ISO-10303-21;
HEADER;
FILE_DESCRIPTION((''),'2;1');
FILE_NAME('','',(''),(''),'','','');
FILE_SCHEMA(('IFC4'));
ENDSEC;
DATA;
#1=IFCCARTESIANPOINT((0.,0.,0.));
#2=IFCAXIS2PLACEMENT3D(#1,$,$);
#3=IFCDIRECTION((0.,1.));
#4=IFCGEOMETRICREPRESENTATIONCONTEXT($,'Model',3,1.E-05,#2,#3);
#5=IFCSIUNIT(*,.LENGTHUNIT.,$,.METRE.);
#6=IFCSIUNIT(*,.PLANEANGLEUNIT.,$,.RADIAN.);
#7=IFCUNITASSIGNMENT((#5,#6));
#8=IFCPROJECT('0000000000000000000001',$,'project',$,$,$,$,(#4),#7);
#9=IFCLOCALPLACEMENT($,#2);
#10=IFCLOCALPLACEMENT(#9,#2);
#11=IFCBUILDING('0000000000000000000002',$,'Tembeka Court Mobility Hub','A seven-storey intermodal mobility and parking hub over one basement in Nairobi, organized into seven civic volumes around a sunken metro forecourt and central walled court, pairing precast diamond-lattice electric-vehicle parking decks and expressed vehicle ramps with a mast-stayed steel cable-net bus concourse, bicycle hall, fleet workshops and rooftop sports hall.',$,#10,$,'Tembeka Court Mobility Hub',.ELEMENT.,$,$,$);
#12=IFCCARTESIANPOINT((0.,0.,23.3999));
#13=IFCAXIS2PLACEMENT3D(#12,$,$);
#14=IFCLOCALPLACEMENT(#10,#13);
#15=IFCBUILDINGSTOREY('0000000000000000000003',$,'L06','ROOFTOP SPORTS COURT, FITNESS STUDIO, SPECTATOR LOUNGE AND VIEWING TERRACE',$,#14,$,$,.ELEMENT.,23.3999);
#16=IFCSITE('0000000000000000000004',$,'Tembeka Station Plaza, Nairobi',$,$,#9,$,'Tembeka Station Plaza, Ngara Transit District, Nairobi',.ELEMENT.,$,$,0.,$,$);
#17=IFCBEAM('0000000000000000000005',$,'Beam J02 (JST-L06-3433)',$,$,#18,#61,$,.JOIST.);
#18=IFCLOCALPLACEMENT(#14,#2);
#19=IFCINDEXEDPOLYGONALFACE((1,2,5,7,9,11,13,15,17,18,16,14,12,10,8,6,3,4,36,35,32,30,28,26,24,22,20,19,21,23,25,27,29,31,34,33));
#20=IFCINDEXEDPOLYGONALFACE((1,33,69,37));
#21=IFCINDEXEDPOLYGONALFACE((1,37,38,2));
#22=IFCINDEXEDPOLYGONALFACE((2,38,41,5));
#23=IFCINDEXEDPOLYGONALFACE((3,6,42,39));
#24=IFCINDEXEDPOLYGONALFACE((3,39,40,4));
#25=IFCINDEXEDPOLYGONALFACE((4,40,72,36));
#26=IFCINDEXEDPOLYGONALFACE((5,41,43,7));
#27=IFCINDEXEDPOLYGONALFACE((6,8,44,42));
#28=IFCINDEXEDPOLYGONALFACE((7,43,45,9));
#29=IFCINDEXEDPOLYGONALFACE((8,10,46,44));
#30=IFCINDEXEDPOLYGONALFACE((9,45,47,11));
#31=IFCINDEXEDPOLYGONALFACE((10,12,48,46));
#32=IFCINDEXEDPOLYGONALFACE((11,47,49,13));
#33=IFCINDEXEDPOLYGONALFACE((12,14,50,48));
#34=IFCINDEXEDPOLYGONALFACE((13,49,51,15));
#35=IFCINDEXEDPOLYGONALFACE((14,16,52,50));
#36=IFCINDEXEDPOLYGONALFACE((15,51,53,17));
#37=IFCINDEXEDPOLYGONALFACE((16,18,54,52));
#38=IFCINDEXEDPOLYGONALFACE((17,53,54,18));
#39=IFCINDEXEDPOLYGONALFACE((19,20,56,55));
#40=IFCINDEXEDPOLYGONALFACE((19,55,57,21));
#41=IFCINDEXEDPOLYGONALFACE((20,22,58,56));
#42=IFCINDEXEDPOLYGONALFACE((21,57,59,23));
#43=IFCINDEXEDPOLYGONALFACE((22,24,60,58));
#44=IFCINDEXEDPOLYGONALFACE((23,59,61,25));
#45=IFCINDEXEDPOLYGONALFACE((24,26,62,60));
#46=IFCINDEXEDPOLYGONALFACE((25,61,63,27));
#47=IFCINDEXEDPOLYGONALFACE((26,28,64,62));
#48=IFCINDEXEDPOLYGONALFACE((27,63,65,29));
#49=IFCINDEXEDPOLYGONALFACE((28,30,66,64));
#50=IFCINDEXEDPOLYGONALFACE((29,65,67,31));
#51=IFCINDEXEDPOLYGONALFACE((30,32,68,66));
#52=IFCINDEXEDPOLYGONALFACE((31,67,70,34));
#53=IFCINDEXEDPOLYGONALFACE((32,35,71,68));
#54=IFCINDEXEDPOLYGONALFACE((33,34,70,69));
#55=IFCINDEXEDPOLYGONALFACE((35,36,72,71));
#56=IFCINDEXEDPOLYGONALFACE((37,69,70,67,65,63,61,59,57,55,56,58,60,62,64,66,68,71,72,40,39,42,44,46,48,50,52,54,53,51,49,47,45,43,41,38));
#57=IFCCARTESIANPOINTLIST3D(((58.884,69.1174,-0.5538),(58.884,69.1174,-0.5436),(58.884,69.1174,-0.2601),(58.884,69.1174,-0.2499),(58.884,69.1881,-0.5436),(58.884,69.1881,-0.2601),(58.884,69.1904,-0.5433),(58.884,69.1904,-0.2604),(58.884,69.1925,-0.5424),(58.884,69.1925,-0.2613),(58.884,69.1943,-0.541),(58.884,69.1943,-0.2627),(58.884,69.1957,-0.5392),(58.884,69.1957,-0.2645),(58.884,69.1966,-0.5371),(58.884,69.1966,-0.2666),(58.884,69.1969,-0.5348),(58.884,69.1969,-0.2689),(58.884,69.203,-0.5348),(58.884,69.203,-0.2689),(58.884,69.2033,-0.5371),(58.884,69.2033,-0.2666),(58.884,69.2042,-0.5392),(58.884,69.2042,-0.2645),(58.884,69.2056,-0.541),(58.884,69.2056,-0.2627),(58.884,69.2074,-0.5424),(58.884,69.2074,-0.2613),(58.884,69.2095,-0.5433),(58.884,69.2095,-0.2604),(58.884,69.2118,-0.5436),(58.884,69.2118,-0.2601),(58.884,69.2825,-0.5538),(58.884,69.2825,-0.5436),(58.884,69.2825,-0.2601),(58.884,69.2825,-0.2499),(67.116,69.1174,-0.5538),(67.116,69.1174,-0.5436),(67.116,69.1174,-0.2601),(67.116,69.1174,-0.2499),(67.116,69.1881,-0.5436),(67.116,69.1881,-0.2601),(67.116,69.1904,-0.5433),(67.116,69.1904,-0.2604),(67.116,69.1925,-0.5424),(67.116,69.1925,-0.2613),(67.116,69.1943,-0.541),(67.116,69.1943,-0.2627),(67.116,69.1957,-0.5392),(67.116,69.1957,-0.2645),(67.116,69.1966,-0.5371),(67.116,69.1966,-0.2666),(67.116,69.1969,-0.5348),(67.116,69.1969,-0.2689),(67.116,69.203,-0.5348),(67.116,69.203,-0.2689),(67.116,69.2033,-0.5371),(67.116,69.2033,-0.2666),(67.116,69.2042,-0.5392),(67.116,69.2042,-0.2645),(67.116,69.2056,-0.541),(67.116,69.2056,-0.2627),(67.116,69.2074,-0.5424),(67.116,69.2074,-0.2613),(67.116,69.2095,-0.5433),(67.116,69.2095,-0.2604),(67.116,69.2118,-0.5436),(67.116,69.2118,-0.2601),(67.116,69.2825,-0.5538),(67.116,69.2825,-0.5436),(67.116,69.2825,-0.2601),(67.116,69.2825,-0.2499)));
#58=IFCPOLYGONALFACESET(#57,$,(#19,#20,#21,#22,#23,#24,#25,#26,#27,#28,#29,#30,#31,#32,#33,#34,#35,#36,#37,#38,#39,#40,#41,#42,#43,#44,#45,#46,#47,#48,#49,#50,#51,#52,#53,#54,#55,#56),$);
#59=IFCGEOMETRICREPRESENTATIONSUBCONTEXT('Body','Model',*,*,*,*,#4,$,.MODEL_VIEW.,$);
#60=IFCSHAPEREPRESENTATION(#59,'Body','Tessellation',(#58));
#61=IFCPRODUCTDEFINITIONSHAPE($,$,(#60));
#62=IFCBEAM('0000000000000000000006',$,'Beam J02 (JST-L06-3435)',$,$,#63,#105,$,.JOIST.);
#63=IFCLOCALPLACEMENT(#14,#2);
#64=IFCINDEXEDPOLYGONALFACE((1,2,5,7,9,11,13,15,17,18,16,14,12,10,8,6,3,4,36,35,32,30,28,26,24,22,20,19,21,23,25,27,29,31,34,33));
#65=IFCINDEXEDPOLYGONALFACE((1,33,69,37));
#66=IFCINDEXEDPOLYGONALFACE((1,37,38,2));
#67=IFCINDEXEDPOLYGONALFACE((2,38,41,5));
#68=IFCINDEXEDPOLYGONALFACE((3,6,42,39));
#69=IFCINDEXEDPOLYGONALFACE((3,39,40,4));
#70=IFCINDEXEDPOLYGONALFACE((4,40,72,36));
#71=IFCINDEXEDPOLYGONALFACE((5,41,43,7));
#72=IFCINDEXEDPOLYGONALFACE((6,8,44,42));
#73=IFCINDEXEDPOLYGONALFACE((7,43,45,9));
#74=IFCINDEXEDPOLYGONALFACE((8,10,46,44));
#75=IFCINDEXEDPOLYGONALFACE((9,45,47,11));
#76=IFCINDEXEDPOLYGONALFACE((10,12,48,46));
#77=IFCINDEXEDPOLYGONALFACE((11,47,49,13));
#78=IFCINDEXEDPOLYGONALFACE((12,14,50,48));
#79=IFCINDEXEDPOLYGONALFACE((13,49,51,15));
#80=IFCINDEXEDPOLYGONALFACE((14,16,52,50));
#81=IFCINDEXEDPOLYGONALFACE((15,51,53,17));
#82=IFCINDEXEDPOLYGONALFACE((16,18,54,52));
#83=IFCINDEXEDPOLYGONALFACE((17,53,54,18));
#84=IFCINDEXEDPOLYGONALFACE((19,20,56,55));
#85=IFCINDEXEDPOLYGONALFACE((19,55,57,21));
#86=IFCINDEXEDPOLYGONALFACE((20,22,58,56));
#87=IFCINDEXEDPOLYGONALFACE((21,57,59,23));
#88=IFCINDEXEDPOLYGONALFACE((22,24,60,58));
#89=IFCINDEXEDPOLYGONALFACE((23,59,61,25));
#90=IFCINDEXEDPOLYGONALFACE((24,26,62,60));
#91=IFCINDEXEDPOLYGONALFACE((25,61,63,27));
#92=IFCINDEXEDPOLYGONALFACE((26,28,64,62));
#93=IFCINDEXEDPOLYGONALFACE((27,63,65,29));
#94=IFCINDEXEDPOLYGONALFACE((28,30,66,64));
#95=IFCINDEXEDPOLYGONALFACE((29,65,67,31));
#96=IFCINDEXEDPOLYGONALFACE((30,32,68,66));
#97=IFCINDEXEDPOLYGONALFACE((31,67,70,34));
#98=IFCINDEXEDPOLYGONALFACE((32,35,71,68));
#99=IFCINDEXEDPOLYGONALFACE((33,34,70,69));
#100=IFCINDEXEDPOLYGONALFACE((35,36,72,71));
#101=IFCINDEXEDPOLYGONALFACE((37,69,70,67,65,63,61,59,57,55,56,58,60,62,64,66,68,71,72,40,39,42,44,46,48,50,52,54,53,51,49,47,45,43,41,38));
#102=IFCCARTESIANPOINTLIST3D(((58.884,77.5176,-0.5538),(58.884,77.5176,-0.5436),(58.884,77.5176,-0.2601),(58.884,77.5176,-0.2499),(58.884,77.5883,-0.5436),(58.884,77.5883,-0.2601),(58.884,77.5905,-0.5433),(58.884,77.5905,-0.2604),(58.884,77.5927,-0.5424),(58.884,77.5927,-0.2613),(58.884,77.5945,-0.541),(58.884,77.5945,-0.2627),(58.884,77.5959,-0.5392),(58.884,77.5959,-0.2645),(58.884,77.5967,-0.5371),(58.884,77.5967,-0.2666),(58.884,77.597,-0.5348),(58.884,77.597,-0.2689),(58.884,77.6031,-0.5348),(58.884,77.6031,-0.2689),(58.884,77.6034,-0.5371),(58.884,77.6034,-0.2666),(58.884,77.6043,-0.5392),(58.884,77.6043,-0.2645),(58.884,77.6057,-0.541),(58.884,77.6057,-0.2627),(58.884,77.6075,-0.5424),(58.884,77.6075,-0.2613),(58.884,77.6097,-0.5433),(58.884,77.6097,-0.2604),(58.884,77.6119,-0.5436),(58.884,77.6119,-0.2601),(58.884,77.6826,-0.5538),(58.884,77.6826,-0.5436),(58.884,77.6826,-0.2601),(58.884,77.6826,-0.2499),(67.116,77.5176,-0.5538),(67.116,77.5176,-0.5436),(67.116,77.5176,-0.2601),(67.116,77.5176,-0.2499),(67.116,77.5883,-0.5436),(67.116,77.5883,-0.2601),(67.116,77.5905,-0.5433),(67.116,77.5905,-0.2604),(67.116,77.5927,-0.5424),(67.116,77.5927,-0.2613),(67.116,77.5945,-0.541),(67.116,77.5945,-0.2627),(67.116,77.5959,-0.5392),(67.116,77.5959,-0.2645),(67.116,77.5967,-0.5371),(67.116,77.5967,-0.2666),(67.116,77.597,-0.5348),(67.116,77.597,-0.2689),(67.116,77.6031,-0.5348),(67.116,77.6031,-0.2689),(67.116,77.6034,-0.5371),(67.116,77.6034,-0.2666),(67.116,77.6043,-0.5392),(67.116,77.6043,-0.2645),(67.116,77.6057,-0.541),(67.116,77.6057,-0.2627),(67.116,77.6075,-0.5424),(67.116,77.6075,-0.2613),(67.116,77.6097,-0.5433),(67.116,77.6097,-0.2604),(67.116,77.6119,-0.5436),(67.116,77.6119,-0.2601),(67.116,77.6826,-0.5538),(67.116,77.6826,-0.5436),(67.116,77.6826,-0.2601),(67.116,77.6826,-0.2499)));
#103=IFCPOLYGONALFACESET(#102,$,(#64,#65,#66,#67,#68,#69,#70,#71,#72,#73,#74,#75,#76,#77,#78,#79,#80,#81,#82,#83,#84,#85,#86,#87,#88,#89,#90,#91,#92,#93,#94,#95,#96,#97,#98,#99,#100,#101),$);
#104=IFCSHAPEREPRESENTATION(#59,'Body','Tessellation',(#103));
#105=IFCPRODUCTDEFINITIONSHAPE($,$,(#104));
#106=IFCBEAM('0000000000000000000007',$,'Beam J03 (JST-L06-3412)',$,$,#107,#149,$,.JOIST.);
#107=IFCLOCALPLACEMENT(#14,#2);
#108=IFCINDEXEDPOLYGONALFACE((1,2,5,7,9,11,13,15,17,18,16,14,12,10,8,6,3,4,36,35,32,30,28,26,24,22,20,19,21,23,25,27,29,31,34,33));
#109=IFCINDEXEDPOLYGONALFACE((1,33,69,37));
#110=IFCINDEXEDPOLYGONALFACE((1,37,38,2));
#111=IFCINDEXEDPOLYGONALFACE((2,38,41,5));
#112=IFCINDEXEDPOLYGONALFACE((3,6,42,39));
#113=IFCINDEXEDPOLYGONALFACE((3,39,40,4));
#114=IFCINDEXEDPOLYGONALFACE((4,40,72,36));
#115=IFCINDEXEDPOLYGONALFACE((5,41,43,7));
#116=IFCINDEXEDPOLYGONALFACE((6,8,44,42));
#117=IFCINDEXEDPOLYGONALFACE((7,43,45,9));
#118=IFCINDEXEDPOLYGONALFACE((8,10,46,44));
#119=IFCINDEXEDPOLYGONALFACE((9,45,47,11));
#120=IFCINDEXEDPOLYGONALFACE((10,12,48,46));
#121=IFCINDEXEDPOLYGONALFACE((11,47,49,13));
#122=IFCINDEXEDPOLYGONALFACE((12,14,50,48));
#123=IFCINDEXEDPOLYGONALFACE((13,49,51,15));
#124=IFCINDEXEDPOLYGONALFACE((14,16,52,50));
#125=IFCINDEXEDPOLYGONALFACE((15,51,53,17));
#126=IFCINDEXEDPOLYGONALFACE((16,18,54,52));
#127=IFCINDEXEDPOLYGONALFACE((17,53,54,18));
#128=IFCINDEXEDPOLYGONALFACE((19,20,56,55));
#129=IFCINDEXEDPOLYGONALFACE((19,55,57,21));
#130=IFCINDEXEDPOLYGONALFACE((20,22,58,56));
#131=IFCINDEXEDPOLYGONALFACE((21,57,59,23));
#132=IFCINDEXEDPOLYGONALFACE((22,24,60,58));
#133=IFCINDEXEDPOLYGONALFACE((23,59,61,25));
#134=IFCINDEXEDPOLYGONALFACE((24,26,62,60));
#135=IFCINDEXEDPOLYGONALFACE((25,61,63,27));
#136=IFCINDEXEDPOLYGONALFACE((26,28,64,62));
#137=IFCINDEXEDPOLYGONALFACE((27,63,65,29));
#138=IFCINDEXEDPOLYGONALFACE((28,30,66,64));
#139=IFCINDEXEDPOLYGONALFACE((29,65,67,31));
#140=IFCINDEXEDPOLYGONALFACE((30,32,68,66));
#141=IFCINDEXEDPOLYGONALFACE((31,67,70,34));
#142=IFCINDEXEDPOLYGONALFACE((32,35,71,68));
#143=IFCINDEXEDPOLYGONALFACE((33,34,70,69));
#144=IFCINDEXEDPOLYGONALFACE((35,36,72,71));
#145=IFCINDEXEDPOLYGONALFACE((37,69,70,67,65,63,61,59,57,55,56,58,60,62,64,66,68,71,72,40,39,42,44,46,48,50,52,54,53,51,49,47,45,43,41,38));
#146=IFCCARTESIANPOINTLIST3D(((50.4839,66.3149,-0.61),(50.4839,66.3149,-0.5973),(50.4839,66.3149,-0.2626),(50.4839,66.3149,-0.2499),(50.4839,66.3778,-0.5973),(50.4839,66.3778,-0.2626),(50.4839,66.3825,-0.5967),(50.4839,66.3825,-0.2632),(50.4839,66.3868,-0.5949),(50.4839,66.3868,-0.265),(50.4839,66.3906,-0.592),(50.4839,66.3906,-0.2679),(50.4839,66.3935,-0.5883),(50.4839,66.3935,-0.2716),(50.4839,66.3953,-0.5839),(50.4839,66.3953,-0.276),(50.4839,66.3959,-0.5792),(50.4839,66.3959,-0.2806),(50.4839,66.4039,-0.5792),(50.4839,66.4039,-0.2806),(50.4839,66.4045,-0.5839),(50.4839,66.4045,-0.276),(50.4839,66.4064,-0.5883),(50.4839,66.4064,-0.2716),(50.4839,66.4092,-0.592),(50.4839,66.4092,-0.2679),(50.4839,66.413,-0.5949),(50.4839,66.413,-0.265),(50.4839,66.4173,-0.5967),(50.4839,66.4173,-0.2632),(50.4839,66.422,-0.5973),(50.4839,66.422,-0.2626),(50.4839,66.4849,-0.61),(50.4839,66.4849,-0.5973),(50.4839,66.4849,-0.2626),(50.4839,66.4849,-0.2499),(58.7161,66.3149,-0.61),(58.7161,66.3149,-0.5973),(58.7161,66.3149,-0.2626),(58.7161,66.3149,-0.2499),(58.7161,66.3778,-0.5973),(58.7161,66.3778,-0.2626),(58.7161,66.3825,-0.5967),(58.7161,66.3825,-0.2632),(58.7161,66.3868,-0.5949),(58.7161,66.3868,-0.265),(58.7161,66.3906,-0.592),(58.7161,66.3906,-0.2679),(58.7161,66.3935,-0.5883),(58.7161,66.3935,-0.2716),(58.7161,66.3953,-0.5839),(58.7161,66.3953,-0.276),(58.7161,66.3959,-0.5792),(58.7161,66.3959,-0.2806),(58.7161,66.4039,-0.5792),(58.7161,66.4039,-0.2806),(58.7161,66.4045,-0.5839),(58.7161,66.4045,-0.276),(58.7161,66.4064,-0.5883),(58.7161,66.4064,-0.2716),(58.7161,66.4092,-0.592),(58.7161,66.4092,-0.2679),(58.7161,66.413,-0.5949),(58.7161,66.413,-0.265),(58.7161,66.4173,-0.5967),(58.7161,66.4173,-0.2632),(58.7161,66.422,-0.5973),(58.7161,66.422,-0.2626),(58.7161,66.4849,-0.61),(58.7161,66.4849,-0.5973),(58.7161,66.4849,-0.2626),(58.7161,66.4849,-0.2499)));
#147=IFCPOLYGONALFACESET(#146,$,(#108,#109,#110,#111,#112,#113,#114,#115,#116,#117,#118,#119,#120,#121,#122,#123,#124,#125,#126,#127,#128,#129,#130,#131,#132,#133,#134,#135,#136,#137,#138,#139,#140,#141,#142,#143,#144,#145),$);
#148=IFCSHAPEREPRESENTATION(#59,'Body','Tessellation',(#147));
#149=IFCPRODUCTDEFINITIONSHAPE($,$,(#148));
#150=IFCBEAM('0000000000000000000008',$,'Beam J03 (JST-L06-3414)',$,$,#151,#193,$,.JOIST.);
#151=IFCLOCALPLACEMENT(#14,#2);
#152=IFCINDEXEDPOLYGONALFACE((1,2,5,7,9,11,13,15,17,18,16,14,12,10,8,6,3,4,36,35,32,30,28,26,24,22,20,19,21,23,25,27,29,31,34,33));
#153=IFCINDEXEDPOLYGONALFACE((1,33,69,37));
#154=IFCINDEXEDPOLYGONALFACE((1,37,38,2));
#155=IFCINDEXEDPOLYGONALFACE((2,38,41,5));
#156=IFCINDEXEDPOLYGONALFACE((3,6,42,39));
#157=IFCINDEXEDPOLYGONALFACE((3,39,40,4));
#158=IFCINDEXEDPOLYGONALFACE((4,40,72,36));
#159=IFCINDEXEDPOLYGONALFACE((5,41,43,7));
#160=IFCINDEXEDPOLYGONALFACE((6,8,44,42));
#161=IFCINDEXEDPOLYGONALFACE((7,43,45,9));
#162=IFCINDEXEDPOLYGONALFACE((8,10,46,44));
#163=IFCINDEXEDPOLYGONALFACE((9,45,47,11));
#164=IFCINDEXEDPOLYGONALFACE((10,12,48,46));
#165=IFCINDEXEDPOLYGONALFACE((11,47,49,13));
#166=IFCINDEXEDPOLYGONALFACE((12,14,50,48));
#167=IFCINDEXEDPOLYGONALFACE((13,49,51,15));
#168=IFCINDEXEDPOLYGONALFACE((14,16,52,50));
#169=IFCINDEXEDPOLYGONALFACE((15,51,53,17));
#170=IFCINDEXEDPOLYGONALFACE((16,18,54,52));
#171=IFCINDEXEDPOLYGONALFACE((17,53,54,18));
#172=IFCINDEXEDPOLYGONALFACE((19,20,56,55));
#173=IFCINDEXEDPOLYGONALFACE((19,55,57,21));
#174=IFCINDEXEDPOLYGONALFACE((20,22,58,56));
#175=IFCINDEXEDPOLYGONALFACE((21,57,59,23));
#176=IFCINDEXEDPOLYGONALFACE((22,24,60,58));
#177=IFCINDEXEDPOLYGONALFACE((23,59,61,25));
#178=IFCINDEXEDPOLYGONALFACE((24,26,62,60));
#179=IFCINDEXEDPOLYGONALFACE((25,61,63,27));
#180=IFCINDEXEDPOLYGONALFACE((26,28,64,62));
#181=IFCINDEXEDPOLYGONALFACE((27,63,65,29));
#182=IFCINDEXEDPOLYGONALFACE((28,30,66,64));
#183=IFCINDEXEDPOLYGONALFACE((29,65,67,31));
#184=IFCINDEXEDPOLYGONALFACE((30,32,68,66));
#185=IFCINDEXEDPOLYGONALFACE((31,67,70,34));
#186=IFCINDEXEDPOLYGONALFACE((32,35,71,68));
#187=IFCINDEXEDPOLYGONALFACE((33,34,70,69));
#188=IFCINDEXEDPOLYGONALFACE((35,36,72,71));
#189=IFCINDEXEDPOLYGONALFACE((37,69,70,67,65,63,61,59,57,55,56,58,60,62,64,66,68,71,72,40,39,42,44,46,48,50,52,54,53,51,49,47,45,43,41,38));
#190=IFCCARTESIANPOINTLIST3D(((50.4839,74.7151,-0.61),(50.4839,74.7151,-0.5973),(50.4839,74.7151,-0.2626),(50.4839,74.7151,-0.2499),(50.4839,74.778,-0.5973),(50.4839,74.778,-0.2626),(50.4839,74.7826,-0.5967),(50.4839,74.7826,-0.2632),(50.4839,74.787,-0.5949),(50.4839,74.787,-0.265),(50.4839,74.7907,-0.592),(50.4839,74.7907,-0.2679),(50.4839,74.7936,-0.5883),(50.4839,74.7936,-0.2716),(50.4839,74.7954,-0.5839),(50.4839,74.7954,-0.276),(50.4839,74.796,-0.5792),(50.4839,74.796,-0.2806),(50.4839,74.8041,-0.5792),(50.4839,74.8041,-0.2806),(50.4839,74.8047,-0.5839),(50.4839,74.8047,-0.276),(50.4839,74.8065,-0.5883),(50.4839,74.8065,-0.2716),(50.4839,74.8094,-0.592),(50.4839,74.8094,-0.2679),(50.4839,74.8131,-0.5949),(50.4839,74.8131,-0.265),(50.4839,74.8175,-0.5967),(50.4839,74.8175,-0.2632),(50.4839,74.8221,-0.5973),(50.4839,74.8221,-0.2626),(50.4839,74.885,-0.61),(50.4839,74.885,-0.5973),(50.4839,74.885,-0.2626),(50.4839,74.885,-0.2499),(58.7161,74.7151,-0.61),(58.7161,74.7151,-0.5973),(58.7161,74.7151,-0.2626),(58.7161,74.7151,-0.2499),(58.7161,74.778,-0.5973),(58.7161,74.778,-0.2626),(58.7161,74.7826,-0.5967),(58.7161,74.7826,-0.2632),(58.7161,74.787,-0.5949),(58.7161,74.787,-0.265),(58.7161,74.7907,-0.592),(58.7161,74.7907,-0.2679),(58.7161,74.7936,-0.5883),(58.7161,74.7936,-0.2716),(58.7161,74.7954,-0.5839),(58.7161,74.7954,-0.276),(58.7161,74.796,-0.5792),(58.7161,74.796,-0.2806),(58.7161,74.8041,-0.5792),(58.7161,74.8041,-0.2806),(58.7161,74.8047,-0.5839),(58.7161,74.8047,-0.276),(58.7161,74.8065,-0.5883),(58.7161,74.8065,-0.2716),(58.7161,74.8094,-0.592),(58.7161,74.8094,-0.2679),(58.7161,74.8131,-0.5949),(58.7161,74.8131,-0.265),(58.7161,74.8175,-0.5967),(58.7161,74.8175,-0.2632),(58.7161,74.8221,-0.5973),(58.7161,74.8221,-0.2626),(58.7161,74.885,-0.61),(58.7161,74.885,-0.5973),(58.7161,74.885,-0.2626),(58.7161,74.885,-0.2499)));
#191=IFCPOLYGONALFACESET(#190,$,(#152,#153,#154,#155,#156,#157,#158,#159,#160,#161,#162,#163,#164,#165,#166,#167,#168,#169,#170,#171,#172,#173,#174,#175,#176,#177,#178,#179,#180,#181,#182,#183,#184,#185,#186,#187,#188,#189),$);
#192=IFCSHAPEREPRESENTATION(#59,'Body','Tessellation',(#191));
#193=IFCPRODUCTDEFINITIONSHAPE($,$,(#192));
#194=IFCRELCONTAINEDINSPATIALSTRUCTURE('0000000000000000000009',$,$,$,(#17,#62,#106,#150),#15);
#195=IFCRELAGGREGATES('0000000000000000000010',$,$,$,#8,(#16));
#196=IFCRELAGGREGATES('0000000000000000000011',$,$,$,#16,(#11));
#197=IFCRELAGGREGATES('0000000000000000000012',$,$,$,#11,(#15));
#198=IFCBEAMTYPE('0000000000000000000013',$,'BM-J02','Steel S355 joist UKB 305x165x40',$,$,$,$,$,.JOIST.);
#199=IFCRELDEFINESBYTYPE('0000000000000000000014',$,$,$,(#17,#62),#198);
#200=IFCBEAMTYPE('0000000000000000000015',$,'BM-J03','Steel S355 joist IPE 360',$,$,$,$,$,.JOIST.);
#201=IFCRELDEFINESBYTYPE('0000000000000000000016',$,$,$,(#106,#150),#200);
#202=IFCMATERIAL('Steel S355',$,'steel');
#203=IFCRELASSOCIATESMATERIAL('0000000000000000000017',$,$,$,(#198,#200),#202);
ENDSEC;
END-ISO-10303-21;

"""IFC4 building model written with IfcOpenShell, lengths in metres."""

from ifc_helpers import new_model, si_unit, direction, frame, origin, origin_2d, place, context, subcontext, project, spatial, i_section, extrude, material, material_profile, profile_set, type_object, element, save


model = new_model("IFC4")

# Units and contexts
model_context = context("Model", 3, precision=1e-05, world=origin(), true_north=direction((0.0, 1.0)))
body_context = subcontext(model_context, "Body", "Model", "MODEL_VIEW")
ifc_project = project(units=[si_unit("LENGTHUNIT", "METRE"), si_unit("PLANEANGLEUNIT", "RADIAN")], contexts=[model_context])

# Site, building, storey
site_placement = place(None, origin())
site = spatial("IfcSite", under=ifc_project, at=site_placement, Name="Tembeka Station Plaza, Nairobi", LongName="Tembeka Station Plaza, Ngara Transit District, Nairobi", CompositionType="ELEMENT", RefElevation=0.0)
building_placement = place(site_placement, origin())
building = spatial("IfcBuilding", under=site, at=building_placement, Name="Tembeka Court Mobility Hub", Description="A seven-storey intermodal mobility and parking hub over one basement in Nairobi, organized into seven civic volumes around a sunken metro forecourt and central walled court, pairing precast diamond-lattice electric-vehicle parking decks and expressed vehicle ramps with a mast-stayed steel cable-net bus concourse, bicycle hall, fleet workshops and rooftop sports hall.", LongName="Tembeka Court Mobility Hub", CompositionType="ELEMENT")
storey_placement = place(building_placement, frame((0.0, 0.0, 23.3999)))
storey = spatial("IfcBuildingStorey", under=building, at=storey_placement, Name="L06", Description="ROOFTOP SPORTS COURT, FITNESS STUDIO, SPECTATOR LOUNGE AND VIEWING TERRACE", CompositionType="ELEMENT", Elevation=23.3999)

# Shared definitions
ifc_material_1 = material(Name="Steel S355", Category="steel")

# Beams
ifc_material_profile_1 = material_profile(ifc_material_1, i_section(OverallWidth=0.165, OverallDepth=0.304, WebThickness=0.0061, FlangeThickness=0.0103, FilletRadius=0.0088, at=origin_2d()), Name="UKB 305x165x40")
ifc_profile_set_1 = profile_set([ifc_material_profile_1], Name="Steel S355")
beam_type_1 = type_object("IfcBeamType", Name="BM-J02", Description="Steel S355 joist UKB 305x165x40", PredefinedType="JOIST", material=ifc_profile_set_1)
for number, where, z_axis, x_axis, name in (
    (1, (58.884, 69.2, -0.4019), (1.0, 0.0, 0.0), (0.0, 1.0, 0.0), "Beam J02 (JST-L06-3433)"),
    (2, (58.884, 77.6001, -0.4019), (1.0, 0.0, 0.0), (0.0, 1.0, 0.0), "Beam J02 (JST-L06-3435)"),
):
    element("IfcBeam", number, at=place(storey_placement, frame(where, z_axis=z_axis, x_axis=x_axis)), inside=storey, type_object=beam_type_1, Name=name, PredefinedType="JOIST", context=body_context, shape_type="SweptSolid", body=[
        extrude(i_section(OverallWidth=0.165, OverallDepth=0.304, WebThickness=0.0061, FlangeThickness=0.0103, FilletRadius=0.0088, at=origin_2d()), origin(), (0.0, 0.0, 1.0), 8.2319),
    ])
ifc_material_profile_2 = material_profile(ifc_material_1, i_section(OverallWidth=0.1699, OverallDepth=0.3601, WebThickness=0.0081, FlangeThickness=0.0127, FilletRadius=0.0181, at=origin_2d()), Name="IPE 360")
ifc_profile_set_2 = profile_set([ifc_material_profile_2], Name="Steel S355")
beam_type_2 = type_object("IfcBeamType", Name="BM-J03", Description="Steel S355 joist IPE 360", PredefinedType="JOIST", material=ifc_profile_set_2)
for number, where, z_axis, x_axis, name in (
    (3, (50.4839, 66.3999, -0.4299), (1.0, 0.0, 0.0), (0.0, 1.0, 0.0), "Beam J03 (JST-L06-3412)"),
    (4, (50.4839, 74.8, -0.4299), (1.0, 0.0, 0.0), (0.0, 1.0, 0.0), "Beam J03 (JST-L06-3414)"),
):
    element("IfcBeam", number, at=place(storey_placement, frame(where, z_axis=z_axis, x_axis=x_axis)), inside=storey, type_object=beam_type_2, Name=name, PredefinedType="JOIST", context=body_context, shape_type="SweptSolid", body=[
        extrude(i_section(OverallWidth=0.1699, OverallDepth=0.3601, WebThickness=0.0081, FlangeThickness=0.0127, FilletRadius=0.0181, at=origin_2d()), origin(), (0.0, 0.0, 1.0), 8.2322),
    ])

save(model, "model.ifc")
